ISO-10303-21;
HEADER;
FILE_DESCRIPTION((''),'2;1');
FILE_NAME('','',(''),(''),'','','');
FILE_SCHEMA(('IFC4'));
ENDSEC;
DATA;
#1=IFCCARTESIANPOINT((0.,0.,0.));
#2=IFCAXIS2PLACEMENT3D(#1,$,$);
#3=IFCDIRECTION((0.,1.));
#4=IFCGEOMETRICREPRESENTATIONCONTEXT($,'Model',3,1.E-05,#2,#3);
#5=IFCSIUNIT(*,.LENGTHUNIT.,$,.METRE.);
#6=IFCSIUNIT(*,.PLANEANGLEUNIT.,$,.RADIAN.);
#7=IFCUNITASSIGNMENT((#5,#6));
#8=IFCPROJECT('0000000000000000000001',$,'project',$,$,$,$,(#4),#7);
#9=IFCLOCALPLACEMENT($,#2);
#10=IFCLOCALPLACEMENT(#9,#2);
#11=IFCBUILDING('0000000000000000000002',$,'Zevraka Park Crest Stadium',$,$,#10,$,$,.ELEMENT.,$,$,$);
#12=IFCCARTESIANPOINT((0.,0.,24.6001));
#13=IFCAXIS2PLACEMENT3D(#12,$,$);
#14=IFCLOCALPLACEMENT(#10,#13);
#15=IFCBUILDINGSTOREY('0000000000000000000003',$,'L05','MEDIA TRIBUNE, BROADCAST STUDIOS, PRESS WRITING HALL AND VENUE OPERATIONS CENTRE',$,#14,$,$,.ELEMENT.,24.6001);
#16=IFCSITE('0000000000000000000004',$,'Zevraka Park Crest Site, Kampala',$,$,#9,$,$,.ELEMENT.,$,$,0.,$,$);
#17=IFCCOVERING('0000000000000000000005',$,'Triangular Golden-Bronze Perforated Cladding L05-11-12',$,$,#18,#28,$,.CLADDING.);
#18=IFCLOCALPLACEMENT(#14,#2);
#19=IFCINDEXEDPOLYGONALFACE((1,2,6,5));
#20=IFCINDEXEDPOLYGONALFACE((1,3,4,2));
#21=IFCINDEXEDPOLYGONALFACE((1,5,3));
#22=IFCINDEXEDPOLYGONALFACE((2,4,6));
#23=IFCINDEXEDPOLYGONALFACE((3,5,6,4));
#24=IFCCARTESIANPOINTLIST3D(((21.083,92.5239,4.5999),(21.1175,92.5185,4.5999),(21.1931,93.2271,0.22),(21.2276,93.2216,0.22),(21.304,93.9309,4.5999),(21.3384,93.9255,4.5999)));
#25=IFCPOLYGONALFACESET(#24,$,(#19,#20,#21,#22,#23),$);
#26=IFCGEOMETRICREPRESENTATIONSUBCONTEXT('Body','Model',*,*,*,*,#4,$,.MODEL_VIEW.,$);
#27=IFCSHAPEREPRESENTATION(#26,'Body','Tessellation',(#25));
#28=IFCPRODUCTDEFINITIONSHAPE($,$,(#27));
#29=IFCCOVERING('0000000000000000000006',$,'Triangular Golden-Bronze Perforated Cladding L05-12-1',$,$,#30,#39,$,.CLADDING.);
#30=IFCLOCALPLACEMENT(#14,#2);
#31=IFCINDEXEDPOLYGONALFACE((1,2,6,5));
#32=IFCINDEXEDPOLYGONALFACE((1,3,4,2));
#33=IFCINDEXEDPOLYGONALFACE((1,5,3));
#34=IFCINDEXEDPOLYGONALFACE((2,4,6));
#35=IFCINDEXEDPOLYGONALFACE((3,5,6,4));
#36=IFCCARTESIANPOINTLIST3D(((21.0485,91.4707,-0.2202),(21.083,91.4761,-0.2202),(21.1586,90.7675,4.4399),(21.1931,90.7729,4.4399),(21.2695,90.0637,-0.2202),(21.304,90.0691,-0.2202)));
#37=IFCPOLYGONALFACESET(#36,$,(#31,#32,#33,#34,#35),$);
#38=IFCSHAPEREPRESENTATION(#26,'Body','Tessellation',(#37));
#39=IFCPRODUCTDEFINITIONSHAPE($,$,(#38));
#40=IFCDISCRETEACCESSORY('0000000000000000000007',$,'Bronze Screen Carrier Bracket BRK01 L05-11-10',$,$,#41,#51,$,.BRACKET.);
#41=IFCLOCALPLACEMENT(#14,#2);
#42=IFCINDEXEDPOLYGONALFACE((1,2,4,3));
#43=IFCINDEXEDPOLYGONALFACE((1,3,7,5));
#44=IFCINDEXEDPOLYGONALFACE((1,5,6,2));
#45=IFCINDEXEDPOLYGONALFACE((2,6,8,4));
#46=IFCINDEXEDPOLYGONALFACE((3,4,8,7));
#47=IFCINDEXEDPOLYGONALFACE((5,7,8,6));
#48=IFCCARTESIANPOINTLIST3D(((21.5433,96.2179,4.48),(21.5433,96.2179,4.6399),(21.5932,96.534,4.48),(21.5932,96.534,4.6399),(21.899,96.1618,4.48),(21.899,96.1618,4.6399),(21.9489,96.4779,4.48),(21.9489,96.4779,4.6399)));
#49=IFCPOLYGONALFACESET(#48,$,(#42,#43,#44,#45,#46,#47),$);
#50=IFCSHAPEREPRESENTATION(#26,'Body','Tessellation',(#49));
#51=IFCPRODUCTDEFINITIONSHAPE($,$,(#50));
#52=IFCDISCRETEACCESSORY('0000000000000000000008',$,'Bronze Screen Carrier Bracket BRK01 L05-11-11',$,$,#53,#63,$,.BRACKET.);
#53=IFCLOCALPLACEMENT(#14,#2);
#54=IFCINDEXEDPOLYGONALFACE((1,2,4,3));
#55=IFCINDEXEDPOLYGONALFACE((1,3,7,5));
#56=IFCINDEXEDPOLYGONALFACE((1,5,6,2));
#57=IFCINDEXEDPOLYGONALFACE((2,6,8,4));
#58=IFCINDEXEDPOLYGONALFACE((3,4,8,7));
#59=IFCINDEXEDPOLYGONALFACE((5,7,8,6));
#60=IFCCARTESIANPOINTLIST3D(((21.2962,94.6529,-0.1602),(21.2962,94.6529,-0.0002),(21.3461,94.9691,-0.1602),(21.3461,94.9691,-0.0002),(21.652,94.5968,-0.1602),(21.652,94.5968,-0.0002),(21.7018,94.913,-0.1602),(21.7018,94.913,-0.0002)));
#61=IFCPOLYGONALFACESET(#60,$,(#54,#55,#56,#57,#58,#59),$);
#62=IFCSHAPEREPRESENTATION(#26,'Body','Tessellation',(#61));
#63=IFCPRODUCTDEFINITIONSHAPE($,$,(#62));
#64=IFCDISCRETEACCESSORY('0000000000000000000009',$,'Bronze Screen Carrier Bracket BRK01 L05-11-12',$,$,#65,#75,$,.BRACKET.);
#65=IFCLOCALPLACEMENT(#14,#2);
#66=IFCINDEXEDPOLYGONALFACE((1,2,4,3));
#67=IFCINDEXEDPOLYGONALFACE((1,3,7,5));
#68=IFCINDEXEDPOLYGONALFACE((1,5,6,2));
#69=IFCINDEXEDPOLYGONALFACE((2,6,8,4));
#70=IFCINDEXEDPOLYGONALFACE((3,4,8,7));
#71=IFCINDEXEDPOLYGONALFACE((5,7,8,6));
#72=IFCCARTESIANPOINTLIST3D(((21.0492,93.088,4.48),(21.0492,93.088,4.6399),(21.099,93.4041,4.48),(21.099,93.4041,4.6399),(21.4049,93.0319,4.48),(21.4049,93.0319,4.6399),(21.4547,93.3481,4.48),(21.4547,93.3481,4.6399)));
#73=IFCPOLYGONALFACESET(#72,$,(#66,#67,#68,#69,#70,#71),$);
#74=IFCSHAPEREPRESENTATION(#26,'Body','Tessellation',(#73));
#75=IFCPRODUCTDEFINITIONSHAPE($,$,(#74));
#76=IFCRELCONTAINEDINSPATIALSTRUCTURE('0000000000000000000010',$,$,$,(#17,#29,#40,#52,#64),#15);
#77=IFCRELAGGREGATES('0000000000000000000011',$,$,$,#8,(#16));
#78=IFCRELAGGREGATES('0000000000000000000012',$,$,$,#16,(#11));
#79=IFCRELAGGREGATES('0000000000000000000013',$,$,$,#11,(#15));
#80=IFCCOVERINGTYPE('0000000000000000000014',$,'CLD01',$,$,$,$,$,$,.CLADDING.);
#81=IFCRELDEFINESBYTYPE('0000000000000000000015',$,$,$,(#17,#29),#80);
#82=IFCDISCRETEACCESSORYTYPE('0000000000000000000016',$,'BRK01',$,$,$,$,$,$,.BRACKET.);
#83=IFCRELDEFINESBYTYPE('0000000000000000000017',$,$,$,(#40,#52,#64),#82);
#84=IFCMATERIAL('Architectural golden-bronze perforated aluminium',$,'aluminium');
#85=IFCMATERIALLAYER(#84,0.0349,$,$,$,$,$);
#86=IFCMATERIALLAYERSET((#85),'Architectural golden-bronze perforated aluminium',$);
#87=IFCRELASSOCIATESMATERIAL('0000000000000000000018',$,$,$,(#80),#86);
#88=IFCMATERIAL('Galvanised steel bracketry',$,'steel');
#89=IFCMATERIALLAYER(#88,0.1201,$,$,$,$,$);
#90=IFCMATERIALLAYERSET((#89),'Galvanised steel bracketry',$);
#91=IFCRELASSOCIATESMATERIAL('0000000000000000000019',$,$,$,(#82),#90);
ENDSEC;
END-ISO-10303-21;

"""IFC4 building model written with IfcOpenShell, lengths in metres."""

from ifc_helpers import new_model, si_unit, direction, frame, origin, origin_2d, place, context, subcontext, project, spatial, polyline, rectangle, outline, extrude, material, layer, layer_set, type_object, element, save


model = new_model("IFC4")

# Units and contexts
model_context = context("Model", 3, precision=1e-05, world=origin(), true_north=direction((0.0, 1.0)))
body_context = subcontext(model_context, "Body", "Model", "MODEL_VIEW")
ifc_project = project(units=[si_unit("LENGTHUNIT", "METRE"), si_unit("PLANEANGLEUNIT", "RADIAN")], contexts=[model_context])

# Site, building, storey
site_placement = place(None, origin())
site = spatial("IfcSite", under=ifc_project, at=site_placement, Name="Zevraka Park Crest Site, Kampala", CompositionType="ELEMENT", RefElevation=0.0)
building_placement = place(site_placement, origin())
building = spatial("IfcBuilding", under=site, at=building_placement, Name="Zevraka Park Crest Stadium", CompositionType="ELEMENT")
storey_placement = place(building_placement, frame((0.0, 0.0, 24.6001)))
storey = spatial("IfcBuildingStorey", under=building, at=storey_placement, Name="L05", Description="MEDIA TRIBUNE, BROADCAST STUDIOS, PRESS WRITING HALL AND VENUE OPERATIONS CENTRE", CompositionType="ELEMENT", Elevation=24.6001)

# Coverings
ifc_material_1 = material(Name="Architectural golden-bronze perforated aluminium", Category="aluminium")
ifc_layer_1 = layer(ifc_material_1, 0.0349)
ifc_layer_set_1 = layer_set([ifc_layer_1], Name="Architectural golden-bronze perforated aluminium")
covering_type = type_object("IfcCoveringType", Name="CLD01", PredefinedType="CLADDING", material=ifc_layer_set_1)
covering_1_placement = place(storey_placement, frame((21.083, 92.5239, 4.5999), z_axis=(-0.987893, 0.155135, 0.00007), x_axis=(0.155135, 0.987893, 0.0)))
element("IfcCovering", 1, at=covering_1_placement, inside=storey, type_object=covering_type, Name="Triangular Golden-Bronze Perforated Cladding L05-11-12", PredefinedType="CLADDING", context=body_context, shape_type="SweptSolid", body=[
    extrude(outline(polyline([(0.0, 0.0), (1.4242, 0.0), (0.7117, 4.3799), (0.0, 0.0)])), origin(), (0.0, 0.0, -1.0), 0.0349),
])
covering_2_placement = place(storey_placement, frame((21.083, 91.4761, -0.2202), z_axis=(0.987893, 0.155135, 0.000065), x_axis=(0.155135, -0.987893, 0.0)))
element("IfcCovering", 2, at=covering_2_placement, inside=storey, type_object=covering_type, Name="Triangular Golden-Bronze Perforated Cladding L05-12-1", PredefinedType="CLADDING", context=body_context, shape_type="SweptSolid", body=[
    extrude(outline(polyline([(0.0, 0.0), (1.4242, 0.0), (0.7117, -4.6602), (0.0, 0.0)])), origin(), (0.0, 0.0, -1.0), 0.0349),
])

# Discrete accessories
ifc_material_2 = material(Name="Galvanised steel bracketry", Category="steel")
ifc_layer_2 = layer(ifc_material_2, 0.1201)
ifc_layer_set_2 = layer_set([ifc_layer_2], Name="Galvanised steel bracketry")
discrete_accessory_type = type_object("IfcDiscreteAccessoryType", Name="BRK01", PredefinedType="BRACKET", material=ifc_layer_set_2)
for number, where, z_axis, x_axis, name in (
    (3, (21.7461, 96.3479, 4.48), (0.0, 0.0, 1.0), (-0.155745, -0.987797, 0.0), "Bronze Screen Carrier Bracket BRK01 L05-11-10"),
    (4, (21.499, 94.783, -0.1602), (0.0, 0.0, 1.0), (-0.155745, -0.987797, 0.0), "Bronze Screen Carrier Bracket BRK01 L05-11-11"),
    (5, (21.252, 93.218, 4.48), (0.0, 0.0, 1.0), (-0.155745, -0.987797, 0.0), "Bronze Screen Carrier Bracket BRK01 L05-11-12"),
):
    element("IfcDiscreteAccessory", number, at=place(storey_placement, frame(where, z_axis=z_axis, x_axis=x_axis)), inside=storey, type_object=discrete_accessory_type, Name=name, PredefinedType="BRACKET", context=body_context, shape_type="SweptSolid", body=[
        extrude(rectangle(XDim=0.3201, YDim=0.3601, at=origin_2d()), origin(), (0.0, 0.0, 1.0), 0.1599),
    ])

save(model, "model.ifc")
